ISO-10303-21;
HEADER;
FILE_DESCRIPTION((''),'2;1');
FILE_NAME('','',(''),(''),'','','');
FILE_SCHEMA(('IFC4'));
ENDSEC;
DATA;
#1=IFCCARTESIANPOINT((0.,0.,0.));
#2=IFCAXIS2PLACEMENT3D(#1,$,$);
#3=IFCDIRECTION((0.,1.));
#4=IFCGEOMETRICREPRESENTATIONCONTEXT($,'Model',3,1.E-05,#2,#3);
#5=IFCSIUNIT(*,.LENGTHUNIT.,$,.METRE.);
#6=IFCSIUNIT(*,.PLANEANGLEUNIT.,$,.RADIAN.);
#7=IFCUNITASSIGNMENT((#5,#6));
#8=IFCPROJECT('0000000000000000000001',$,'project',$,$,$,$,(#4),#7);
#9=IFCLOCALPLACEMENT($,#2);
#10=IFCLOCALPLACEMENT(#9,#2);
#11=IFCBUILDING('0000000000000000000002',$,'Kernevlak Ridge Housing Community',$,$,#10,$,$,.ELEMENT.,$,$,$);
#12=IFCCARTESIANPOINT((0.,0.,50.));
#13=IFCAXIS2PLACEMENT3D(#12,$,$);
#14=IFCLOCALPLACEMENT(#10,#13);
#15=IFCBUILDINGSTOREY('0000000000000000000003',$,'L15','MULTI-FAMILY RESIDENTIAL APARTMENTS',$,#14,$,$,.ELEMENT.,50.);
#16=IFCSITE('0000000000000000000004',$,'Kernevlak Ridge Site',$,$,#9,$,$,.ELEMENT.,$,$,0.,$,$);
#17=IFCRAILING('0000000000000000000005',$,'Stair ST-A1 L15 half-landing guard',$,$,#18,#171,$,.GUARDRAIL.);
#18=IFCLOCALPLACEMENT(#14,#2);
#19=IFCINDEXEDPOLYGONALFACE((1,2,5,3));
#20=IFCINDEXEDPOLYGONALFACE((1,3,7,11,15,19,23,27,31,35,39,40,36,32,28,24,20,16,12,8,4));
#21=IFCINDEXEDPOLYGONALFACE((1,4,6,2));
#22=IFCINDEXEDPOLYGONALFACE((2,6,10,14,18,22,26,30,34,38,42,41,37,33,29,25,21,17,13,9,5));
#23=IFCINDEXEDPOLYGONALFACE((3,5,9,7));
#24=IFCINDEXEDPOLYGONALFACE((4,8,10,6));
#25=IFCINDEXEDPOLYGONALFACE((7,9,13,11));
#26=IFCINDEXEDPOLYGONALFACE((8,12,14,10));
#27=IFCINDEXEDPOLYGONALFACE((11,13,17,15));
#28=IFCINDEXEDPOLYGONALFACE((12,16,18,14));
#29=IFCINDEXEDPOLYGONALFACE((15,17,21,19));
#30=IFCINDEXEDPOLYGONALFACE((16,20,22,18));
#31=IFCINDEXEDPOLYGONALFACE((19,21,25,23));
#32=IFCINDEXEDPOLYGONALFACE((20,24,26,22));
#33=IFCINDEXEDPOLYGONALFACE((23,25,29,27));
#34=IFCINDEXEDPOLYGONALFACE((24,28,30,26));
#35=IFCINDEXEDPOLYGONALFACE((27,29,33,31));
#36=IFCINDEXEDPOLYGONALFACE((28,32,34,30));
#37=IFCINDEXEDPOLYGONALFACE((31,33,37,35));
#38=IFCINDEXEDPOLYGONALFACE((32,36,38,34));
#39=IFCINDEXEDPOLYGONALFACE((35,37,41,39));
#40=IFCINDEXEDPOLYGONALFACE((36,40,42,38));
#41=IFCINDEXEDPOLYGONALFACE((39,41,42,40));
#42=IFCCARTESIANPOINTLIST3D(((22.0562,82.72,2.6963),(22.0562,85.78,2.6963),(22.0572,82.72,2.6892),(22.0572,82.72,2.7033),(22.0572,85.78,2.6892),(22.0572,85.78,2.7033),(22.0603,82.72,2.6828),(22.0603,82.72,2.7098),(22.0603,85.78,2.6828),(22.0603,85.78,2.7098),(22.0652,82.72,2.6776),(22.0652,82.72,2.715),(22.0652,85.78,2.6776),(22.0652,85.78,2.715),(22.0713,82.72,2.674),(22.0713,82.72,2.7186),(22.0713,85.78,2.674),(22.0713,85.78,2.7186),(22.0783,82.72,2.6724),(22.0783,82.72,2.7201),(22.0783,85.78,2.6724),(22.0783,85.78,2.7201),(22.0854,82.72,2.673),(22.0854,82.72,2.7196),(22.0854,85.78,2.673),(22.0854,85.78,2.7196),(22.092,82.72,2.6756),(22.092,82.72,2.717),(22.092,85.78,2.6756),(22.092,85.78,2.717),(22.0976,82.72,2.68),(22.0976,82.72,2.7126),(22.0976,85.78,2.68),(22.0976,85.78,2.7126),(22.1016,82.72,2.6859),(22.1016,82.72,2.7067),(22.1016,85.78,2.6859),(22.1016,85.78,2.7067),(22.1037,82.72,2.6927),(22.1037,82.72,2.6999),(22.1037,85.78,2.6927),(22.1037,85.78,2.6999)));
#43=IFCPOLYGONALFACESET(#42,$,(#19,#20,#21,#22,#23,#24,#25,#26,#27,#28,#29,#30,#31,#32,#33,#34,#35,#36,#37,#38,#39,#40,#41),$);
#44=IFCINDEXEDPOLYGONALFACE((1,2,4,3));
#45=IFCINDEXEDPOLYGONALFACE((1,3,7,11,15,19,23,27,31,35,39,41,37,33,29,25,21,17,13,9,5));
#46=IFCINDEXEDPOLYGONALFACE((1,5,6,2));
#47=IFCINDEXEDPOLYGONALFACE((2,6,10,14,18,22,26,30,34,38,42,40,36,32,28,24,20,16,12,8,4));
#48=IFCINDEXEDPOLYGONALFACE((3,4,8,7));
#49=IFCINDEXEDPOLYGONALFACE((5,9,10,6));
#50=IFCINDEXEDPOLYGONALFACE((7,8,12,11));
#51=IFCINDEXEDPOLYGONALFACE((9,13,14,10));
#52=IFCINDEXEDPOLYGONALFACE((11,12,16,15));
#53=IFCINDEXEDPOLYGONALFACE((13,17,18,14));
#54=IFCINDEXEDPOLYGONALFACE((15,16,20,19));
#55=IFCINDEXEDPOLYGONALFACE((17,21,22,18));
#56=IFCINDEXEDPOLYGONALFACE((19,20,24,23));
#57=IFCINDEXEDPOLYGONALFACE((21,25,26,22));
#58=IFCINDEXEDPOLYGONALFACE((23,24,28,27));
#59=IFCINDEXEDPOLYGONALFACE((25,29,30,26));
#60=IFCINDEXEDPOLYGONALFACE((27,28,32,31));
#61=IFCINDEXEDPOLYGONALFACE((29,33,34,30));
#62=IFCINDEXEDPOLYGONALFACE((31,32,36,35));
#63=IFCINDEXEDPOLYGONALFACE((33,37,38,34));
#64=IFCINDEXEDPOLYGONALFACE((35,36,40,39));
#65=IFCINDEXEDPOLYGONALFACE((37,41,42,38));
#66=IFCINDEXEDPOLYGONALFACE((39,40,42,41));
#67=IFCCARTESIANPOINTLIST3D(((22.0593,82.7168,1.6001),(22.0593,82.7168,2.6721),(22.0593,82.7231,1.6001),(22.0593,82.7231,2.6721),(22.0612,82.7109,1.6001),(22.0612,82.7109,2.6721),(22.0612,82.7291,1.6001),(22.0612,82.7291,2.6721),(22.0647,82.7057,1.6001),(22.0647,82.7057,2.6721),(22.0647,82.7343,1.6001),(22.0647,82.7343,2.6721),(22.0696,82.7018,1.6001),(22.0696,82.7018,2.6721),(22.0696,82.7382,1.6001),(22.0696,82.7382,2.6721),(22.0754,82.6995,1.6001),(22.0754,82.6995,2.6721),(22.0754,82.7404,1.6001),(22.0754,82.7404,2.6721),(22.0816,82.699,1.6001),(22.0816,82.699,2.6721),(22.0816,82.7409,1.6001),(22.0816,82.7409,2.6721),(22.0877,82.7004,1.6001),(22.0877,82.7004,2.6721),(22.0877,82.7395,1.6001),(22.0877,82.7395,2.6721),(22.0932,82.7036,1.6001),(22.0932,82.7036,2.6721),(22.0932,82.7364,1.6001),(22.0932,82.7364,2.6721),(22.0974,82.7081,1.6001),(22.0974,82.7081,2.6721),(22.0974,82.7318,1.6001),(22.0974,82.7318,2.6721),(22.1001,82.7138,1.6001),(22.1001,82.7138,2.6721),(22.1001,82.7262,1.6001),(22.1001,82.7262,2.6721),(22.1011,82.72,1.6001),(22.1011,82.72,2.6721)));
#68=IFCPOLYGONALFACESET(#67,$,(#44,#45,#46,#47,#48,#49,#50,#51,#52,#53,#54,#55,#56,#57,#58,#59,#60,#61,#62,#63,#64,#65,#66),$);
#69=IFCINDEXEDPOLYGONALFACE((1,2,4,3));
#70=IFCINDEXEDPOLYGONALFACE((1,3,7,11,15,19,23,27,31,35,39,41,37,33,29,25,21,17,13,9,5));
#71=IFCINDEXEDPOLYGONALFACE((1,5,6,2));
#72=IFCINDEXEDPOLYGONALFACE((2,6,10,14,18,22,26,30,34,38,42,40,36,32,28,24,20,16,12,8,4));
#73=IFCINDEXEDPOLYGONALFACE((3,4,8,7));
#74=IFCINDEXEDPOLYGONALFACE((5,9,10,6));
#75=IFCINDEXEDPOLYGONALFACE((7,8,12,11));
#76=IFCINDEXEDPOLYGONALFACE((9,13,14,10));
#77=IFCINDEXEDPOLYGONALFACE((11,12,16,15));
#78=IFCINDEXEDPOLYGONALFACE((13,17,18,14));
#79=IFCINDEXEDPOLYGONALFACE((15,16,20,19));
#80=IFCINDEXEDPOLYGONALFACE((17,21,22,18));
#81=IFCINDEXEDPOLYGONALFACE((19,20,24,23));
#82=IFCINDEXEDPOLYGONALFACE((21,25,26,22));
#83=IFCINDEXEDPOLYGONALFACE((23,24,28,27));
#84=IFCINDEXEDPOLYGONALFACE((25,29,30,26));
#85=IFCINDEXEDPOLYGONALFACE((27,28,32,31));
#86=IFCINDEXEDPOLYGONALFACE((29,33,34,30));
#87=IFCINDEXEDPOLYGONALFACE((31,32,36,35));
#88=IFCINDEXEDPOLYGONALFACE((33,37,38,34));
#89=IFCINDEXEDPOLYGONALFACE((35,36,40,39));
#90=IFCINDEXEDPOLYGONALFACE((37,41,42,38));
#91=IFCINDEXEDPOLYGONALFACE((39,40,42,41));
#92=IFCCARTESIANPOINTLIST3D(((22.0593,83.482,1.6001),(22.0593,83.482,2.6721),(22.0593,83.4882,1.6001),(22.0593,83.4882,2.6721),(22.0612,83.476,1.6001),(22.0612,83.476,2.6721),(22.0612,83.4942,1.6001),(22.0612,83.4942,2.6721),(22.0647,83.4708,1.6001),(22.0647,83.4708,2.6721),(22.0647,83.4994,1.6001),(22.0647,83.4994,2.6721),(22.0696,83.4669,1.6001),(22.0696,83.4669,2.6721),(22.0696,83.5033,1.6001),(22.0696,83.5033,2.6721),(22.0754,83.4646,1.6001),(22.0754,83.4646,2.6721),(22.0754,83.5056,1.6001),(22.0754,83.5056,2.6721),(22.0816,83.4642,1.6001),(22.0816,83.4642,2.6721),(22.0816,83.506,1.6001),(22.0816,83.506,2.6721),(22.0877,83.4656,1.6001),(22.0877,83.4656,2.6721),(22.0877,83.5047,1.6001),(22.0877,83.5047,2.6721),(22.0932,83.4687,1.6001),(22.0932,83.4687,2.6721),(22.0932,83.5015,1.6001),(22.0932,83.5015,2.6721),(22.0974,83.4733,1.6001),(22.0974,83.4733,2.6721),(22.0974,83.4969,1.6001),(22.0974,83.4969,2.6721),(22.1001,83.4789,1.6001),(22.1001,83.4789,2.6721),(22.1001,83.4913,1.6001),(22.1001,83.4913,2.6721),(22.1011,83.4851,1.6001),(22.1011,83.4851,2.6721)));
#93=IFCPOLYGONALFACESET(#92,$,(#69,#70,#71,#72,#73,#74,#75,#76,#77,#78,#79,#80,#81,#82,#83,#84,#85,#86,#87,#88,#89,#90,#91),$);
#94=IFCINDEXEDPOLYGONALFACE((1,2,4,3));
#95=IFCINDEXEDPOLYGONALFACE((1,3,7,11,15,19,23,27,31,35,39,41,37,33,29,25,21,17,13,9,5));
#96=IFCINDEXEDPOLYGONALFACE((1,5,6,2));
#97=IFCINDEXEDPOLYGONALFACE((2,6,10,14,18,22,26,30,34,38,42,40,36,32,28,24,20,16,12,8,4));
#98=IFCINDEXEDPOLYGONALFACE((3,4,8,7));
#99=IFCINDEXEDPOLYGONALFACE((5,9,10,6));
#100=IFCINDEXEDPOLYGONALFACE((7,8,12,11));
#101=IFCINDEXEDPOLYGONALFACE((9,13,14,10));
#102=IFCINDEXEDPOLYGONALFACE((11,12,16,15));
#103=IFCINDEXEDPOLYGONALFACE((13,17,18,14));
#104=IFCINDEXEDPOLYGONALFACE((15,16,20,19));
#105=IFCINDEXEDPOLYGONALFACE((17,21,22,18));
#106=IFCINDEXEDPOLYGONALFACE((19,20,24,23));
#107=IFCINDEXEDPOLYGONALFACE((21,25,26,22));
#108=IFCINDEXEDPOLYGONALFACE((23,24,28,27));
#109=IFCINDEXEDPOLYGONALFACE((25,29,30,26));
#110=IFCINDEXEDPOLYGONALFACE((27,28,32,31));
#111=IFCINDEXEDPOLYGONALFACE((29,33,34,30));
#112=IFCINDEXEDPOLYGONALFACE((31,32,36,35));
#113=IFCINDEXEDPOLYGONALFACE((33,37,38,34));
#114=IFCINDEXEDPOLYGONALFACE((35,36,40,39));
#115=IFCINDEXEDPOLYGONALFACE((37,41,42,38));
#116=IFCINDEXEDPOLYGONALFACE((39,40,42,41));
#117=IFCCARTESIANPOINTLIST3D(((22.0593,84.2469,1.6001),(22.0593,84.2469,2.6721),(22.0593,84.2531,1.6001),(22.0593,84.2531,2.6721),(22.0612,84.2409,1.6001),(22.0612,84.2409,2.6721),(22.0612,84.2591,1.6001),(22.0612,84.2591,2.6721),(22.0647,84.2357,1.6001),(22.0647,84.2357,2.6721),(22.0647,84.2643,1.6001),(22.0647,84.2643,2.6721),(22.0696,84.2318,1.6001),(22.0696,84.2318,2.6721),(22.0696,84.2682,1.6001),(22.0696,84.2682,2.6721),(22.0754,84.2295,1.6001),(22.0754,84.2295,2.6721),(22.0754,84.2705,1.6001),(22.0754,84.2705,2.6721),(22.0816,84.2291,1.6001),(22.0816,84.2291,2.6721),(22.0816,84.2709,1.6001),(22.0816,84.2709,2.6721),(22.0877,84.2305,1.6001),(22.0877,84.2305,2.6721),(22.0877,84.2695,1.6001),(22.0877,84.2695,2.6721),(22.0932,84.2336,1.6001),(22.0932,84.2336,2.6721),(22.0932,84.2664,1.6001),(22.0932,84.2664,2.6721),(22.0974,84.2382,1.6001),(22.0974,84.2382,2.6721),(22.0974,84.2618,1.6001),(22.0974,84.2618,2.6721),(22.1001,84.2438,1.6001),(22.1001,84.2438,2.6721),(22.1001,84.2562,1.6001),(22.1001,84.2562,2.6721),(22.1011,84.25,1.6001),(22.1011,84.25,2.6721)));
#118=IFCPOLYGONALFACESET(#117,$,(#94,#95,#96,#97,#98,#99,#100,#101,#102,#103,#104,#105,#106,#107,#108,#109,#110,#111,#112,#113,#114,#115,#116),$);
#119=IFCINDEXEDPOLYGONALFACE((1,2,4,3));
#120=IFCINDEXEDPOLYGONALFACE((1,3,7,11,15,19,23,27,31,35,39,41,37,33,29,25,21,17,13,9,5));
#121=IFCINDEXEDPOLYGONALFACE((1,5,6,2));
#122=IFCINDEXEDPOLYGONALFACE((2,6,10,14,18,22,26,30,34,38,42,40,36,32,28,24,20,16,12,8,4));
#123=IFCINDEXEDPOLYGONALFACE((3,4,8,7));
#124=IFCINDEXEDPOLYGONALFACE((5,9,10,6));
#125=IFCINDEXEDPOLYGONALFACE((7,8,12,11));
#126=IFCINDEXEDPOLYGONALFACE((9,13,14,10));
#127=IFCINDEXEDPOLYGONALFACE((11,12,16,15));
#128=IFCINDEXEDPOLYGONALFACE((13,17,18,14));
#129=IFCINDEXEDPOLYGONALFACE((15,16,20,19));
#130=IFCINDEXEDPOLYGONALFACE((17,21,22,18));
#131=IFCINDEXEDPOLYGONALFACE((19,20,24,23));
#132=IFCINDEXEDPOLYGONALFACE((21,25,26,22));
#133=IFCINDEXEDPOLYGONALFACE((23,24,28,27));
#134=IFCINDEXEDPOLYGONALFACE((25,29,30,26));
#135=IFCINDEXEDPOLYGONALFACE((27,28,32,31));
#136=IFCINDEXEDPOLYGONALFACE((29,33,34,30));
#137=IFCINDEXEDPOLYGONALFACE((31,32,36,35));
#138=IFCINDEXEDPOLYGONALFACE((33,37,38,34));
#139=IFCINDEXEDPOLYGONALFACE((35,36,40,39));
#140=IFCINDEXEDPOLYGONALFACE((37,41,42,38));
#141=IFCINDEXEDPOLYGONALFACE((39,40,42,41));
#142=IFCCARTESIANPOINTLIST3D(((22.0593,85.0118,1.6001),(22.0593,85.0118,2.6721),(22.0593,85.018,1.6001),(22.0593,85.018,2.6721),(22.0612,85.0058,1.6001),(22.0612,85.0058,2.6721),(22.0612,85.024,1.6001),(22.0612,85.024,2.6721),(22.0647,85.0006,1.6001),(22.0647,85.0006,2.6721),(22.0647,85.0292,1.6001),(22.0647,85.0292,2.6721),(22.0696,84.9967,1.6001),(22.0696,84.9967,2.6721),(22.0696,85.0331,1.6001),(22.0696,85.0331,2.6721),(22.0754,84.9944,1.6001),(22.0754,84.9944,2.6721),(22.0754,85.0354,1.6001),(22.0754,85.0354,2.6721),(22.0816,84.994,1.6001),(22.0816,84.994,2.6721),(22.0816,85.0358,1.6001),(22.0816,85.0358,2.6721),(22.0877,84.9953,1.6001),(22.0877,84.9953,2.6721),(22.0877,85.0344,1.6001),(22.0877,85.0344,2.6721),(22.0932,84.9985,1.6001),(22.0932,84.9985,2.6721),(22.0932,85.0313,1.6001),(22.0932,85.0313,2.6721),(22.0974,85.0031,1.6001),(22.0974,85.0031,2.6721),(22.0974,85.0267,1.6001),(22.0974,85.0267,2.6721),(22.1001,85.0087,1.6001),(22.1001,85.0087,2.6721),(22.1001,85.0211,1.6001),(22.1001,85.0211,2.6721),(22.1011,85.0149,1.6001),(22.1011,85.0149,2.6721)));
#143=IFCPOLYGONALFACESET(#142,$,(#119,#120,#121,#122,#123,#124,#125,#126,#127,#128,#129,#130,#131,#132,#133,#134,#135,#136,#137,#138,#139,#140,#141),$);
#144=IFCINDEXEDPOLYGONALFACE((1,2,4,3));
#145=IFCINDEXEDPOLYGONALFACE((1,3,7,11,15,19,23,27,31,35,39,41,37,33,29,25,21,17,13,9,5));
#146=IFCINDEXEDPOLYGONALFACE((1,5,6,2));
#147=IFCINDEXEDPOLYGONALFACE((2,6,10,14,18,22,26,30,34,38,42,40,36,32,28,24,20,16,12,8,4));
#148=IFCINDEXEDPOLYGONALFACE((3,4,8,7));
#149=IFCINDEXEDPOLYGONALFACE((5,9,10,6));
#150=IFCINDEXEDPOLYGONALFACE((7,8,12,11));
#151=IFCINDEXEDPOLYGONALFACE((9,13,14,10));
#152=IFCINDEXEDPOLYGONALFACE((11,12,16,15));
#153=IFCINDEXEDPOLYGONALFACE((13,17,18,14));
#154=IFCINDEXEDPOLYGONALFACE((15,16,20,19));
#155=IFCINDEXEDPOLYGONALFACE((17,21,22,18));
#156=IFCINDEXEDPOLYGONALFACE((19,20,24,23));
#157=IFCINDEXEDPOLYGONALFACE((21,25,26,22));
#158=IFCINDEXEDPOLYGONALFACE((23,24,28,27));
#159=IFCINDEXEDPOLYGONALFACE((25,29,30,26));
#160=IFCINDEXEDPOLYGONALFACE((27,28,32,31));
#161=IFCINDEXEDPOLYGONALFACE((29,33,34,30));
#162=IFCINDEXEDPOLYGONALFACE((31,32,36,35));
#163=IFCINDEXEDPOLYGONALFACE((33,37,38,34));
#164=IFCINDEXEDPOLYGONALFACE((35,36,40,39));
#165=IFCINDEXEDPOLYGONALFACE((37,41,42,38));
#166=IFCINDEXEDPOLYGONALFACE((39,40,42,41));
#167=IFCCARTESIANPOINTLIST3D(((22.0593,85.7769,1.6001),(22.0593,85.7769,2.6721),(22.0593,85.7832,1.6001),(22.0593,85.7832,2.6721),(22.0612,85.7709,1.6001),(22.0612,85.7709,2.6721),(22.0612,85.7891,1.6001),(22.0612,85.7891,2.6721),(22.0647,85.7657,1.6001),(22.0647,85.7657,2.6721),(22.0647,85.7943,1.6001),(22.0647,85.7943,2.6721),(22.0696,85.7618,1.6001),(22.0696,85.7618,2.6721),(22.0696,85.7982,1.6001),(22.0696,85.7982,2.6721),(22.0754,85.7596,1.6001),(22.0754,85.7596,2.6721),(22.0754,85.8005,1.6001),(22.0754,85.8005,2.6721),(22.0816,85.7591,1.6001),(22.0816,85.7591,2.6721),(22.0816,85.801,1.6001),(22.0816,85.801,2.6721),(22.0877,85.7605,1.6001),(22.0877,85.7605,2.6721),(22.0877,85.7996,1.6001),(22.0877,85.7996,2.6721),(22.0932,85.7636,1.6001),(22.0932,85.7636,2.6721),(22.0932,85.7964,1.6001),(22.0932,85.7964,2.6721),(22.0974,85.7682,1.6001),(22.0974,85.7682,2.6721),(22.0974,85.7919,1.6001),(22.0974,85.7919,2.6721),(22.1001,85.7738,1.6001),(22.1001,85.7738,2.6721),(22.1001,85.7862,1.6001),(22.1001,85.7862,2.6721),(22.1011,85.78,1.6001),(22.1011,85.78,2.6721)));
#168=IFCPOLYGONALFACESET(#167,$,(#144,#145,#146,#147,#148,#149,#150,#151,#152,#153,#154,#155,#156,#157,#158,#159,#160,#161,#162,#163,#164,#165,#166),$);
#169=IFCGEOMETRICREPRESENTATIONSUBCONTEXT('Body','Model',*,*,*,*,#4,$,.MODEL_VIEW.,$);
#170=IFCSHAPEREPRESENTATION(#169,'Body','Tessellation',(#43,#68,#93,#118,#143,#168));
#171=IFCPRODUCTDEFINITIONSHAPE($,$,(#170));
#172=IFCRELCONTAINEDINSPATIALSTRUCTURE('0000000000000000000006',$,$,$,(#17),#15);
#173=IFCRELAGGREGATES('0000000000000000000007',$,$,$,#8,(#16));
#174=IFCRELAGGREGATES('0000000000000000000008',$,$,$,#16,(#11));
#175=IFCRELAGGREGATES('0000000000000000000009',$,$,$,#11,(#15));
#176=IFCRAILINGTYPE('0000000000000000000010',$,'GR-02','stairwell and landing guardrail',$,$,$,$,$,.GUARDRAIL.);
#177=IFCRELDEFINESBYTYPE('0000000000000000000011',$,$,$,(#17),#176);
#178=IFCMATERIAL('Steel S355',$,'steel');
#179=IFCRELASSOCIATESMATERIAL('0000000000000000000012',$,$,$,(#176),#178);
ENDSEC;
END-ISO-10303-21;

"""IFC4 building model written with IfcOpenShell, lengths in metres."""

from ifc_helpers import new_model, si_unit, direction, frame, origin, origin_2d, place, context, subcontext, project, spatial, circle, extrude, material, type_object, element, save


model = new_model("IFC4")

# Units and contexts
model_context = context("Model", 3, precision=1e-05, world=origin(), true_north=direction((0.0, 1.0)))
body_context = subcontext(model_context, "Body", "Model", "MODEL_VIEW")
ifc_project = project(units=[si_unit("LENGTHUNIT", "METRE"), si_unit("PLANEANGLEUNIT", "RADIAN")], contexts=[model_context])

# Site, building, storey
site_placement = place(None, origin())
site = spatial("IfcSite", under=ifc_project, at=site_placement, Name="Kernevlak Ridge Site", CompositionType="ELEMENT", RefElevation=0.0)
building_placement = place(site_placement, origin())
building = spatial("IfcBuilding", under=site, at=building_placement, Name="Kernevlak Ridge Housing Community", CompositionType="ELEMENT")
storey_placement = place(building_placement, frame((0.0, 0.0, 50.0)))
storey = spatial("IfcBuildingStorey", under=building, at=storey_placement, Name="L15", Description="MULTI-FAMILY RESIDENTIAL APARTMENTS", CompositionType="ELEMENT", Elevation=50.0)

# Railing
ifc_material_1 = material(Name="Steel S355", Category="steel")
railing_type_1 = type_object("IfcRailingType", Name="GR-02", Description="stairwell and landing guardrail", PredefinedType="GUARDRAIL", material=ifc_material_1)
railing_1_placement = place(storey_placement, frame((22.0801, 82.72, 1.6001)))
element("IfcRailing", 1, at=railing_1_placement, inside=storey, type_object=railing_type_1, Name="Stair ST-A1 L15 half-landing guard", PredefinedType="GUARDRAIL", context=body_context, shape_type="SweptSolid", body=[
    extrude(circle(Radius=0.0239, at=origin_2d()), frame((0.0, 0.0, 1.0962), z_axis=(0.0, 1.0, 0.0), x_axis=(-1.0, 0.0, 0.0)), (0.0, 0.0, 1.0), 3.0601),
    extrude(circle(Radius=0.021, at=origin_2d()), origin(), (0.0, 0.0, 1.0), 1.072),
    extrude(circle(Radius=0.021, at=origin_2d()), frame((0.0, 0.7651, 0.0)), (0.0, 0.0, 1.0), 1.072),
    extrude(circle(Radius=0.021, at=origin_2d()), frame((0.0, 1.53, 0.0)), (0.0, 0.0, 1.0), 1.072),
    extrude(circle(Radius=0.021, at=origin_2d()), frame((0.0, 2.2949, 0.0)), (0.0, 0.0, 1.0), 1.072),
    extrude(circle(Radius=0.021, at=origin_2d()), frame((0.0, 3.0601, 0.0)), (0.0, 0.0, 1.0), 1.072),
])

save(model, "model.ifc")
